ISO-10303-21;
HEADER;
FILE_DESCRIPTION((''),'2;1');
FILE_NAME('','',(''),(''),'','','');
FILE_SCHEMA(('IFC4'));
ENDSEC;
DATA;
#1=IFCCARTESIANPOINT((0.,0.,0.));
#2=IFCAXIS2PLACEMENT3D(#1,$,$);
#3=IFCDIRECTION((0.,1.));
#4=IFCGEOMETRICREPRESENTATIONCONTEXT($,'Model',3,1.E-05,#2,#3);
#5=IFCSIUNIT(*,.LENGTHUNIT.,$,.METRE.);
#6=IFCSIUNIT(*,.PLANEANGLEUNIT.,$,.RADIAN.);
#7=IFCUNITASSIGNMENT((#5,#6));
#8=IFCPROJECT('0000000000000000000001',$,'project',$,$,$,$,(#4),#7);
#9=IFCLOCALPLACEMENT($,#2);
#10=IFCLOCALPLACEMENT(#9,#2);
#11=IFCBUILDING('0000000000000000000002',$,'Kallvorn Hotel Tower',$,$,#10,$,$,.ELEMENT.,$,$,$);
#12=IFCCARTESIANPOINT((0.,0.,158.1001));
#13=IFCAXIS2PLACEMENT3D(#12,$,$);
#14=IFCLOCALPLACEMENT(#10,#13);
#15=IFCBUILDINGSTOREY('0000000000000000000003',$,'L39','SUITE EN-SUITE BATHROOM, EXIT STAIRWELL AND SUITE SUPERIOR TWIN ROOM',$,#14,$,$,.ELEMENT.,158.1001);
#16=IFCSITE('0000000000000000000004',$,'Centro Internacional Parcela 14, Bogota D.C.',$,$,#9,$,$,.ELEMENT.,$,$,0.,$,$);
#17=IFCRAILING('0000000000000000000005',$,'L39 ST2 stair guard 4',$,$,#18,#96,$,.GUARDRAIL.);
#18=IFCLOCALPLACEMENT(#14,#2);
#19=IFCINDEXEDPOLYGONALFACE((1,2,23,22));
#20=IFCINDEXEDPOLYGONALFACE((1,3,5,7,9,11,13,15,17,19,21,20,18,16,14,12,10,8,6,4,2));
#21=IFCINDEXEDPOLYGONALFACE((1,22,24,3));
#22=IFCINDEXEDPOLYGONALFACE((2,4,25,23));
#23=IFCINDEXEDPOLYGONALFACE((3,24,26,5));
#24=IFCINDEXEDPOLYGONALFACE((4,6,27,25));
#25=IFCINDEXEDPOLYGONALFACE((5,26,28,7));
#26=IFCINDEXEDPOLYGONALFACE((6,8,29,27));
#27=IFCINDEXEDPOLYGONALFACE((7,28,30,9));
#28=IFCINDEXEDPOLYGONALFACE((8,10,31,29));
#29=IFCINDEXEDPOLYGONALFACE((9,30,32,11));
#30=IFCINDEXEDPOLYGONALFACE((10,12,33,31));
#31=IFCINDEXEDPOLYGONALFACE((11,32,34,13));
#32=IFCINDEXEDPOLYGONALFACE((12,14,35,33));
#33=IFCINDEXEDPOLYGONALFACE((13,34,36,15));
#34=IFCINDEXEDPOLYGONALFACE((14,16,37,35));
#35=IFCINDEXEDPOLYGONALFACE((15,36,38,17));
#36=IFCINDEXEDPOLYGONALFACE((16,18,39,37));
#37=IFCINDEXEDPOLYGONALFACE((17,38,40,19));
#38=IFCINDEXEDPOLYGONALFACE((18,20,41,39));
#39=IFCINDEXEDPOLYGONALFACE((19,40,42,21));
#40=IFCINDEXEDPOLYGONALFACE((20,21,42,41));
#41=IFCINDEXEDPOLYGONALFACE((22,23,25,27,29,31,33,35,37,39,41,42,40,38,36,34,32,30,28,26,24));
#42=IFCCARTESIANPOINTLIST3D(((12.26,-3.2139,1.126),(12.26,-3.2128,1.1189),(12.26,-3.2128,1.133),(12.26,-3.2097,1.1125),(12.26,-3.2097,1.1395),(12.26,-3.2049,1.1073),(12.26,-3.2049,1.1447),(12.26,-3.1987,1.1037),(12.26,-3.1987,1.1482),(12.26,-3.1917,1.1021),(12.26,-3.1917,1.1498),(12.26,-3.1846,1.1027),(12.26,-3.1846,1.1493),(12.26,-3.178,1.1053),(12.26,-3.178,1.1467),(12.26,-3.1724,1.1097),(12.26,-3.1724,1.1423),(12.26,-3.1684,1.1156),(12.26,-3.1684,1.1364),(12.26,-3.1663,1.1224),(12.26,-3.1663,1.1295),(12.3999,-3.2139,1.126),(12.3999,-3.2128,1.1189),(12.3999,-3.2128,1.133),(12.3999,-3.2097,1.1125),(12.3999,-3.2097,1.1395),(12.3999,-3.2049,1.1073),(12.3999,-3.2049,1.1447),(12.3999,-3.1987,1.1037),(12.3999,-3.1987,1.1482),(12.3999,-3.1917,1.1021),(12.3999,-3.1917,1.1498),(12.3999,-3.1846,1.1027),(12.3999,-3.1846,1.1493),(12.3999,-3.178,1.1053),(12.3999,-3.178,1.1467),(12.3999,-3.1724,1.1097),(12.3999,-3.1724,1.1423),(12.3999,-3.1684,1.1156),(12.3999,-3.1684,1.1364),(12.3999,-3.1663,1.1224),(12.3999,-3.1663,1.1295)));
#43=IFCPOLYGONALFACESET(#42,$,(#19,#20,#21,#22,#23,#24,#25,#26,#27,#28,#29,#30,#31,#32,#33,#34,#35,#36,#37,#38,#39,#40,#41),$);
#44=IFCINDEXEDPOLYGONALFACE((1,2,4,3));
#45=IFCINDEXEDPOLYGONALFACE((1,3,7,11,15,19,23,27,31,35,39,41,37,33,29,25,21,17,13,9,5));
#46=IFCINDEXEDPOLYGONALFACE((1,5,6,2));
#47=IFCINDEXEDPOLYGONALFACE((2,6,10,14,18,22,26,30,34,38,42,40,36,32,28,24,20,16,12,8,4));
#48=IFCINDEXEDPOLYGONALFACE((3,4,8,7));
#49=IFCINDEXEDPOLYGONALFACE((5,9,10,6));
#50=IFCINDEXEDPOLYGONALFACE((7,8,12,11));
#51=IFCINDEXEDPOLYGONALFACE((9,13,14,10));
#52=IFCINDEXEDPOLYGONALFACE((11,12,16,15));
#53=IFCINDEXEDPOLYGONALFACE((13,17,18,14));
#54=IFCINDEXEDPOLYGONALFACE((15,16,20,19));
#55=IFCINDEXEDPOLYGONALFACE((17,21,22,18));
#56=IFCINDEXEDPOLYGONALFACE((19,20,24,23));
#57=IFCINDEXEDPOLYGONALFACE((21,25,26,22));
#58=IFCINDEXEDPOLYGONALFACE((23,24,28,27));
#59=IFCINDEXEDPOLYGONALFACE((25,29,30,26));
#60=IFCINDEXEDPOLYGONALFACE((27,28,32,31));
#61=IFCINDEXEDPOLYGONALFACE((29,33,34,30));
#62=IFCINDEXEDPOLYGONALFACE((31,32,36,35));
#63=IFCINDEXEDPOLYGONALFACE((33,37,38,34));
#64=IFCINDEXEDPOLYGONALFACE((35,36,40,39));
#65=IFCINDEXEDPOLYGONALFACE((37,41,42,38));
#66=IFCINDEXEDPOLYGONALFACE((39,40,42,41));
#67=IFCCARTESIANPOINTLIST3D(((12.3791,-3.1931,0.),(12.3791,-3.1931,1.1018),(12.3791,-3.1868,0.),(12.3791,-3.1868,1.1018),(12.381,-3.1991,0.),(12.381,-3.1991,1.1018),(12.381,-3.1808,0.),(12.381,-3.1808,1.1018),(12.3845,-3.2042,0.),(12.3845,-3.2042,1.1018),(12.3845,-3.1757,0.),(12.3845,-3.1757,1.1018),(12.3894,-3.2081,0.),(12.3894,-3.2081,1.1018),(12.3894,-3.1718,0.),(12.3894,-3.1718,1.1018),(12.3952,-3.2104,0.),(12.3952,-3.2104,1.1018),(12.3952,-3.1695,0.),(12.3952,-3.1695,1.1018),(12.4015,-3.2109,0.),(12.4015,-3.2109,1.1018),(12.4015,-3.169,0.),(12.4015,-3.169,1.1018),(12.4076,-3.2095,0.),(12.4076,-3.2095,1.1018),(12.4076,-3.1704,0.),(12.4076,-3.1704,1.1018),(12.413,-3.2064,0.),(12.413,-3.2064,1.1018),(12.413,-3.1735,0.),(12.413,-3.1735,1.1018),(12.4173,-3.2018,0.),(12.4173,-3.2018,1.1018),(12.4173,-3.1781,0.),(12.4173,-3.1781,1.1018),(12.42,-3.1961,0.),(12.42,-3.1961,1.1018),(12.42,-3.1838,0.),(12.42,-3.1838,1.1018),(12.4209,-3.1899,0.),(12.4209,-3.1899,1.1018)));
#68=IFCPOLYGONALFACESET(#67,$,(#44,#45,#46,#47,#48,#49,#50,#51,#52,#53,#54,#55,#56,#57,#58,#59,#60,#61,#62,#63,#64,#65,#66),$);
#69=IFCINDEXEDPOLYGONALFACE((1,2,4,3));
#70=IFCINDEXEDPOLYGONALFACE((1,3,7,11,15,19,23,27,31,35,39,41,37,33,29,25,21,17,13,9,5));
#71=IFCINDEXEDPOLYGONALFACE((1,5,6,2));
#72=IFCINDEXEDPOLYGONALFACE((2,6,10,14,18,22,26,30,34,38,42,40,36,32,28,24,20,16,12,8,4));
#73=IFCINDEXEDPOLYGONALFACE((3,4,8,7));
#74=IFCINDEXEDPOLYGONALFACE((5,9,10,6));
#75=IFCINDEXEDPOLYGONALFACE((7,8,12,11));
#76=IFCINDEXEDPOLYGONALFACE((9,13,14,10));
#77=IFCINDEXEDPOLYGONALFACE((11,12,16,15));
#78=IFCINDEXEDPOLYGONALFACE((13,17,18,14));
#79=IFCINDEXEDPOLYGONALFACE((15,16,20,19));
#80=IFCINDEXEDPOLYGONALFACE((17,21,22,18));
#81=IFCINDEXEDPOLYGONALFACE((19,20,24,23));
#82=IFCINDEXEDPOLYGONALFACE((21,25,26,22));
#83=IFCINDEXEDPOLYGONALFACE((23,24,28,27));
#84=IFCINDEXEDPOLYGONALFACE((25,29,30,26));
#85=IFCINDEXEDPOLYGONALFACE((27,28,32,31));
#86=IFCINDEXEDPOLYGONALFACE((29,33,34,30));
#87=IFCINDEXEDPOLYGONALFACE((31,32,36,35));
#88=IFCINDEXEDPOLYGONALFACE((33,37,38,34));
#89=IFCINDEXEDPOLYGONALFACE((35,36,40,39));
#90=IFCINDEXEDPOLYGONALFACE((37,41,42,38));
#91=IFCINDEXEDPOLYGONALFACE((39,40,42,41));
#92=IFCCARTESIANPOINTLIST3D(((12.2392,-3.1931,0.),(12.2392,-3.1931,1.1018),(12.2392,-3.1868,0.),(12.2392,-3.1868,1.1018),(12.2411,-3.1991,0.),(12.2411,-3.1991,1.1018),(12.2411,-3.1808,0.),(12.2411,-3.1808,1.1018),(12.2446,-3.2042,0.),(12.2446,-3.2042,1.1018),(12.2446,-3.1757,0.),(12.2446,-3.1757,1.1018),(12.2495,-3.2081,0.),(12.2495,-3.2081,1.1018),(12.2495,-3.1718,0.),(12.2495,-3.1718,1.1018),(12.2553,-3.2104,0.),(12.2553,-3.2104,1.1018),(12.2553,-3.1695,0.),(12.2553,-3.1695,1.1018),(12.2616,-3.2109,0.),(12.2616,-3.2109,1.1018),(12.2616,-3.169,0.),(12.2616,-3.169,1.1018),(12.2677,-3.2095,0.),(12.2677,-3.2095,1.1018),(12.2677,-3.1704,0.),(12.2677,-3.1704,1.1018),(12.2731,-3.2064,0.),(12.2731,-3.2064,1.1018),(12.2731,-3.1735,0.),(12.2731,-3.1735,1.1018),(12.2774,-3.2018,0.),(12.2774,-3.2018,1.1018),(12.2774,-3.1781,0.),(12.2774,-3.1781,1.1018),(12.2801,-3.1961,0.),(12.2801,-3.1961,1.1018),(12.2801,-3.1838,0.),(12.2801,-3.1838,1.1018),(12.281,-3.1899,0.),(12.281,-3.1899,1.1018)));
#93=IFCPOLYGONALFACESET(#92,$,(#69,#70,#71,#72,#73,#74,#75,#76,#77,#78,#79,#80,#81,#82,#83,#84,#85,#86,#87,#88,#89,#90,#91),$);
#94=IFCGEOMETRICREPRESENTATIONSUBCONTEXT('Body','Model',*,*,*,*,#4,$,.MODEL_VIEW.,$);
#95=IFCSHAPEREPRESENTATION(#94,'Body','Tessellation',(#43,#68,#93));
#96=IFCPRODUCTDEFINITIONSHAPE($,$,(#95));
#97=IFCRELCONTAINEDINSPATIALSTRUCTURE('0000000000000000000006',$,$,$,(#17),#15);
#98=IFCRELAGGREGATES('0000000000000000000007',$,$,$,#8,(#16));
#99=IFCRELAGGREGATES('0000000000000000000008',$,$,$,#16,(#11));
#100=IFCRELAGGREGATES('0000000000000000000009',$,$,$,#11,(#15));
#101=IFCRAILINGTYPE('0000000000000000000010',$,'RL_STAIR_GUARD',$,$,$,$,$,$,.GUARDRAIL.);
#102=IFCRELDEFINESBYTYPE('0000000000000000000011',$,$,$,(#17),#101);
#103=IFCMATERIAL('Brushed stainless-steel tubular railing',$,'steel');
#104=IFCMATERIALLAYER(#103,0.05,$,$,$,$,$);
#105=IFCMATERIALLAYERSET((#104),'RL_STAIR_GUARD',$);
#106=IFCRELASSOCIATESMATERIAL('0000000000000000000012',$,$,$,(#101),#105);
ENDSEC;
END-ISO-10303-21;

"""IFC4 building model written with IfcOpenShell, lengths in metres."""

from ifc_helpers import new_model, si_unit, direction, frame, origin, origin_2d, place, context, subcontext, project, spatial, circle, extrude, material, layer, layer_set, type_object, element, save


model = new_model("IFC4")

# Units and contexts
model_context = context("Model", 3, precision=1e-05, world=origin(), true_north=direction((0.0, 1.0)))
body_context = subcontext(model_context, "Body", "Model", "MODEL_VIEW")
ifc_project = project(units=[si_unit("LENGTHUNIT", "METRE"), si_unit("PLANEANGLEUNIT", "RADIAN")], contexts=[model_context])

# Site, building, storey
site_placement = place(None, origin())
site = spatial("IfcSite", under=ifc_project, at=site_placement, Name="Centro Internacional Parcela 14, Bogota D.C.", CompositionType="ELEMENT", RefElevation=0.0)
building_placement = place(site_placement, origin())
building = spatial("IfcBuilding", under=site, at=building_placement, Name="Kallvorn Hotel Tower", CompositionType="ELEMENT")
storey_placement = place(building_placement, frame((0.0, 0.0, 158.1001)))
storey = spatial("IfcBuildingStorey", under=building, at=storey_placement, Name="L39", Description="SUITE EN-SUITE BATHROOM, EXIT STAIRWELL AND SUITE SUPERIOR TWIN ROOM", CompositionType="ELEMENT", Elevation=158.1001)

# Railing
ifc_material_1 = material(Name="Brushed stainless-steel tubular railing", Category="steel")
ifc_layer_1 = layer(ifc_material_1, 0.05)
ifc_layer_set_1 = layer_set([ifc_layer_1], Name="RL_STAIR_GUARD")
railing_type = type_object("IfcRailingType", Name="RL_STAIR_GUARD", PredefinedType="GUARDRAIL", material=ifc_layer_set_1)
railing_1_placement = place(storey_placement, frame((12.3999, -3.1899, 0.0)))
element("IfcRailing", 1, at=railing_1_placement, inside=storey, type_object=railing_type, Name="L39 ST2 stair guard 4", PredefinedType="GUARDRAIL", context=body_context, shape_type="SweptSolid", body=[
    extrude(circle(Radius=0.0239, at=origin_2d()), frame((0.0, 0.0, 1.126), z_axis=(-1.0, 0.0, 0.0), x_axis=(0.0, -1.0, 0.0)), (0.0, 0.0, 1.0), 0.1399),
    extrude(circle(Radius=0.021, at=origin_2d()), origin(), (0.0, 0.0, 1.0), 1.1018),
    extrude(circle(Radius=0.021, at=origin_2d()), frame((-0.1399, 0.0, 0.0)), (0.0, 0.0, 1.0), 1.1018),
])

save(model, "model.ifc")
